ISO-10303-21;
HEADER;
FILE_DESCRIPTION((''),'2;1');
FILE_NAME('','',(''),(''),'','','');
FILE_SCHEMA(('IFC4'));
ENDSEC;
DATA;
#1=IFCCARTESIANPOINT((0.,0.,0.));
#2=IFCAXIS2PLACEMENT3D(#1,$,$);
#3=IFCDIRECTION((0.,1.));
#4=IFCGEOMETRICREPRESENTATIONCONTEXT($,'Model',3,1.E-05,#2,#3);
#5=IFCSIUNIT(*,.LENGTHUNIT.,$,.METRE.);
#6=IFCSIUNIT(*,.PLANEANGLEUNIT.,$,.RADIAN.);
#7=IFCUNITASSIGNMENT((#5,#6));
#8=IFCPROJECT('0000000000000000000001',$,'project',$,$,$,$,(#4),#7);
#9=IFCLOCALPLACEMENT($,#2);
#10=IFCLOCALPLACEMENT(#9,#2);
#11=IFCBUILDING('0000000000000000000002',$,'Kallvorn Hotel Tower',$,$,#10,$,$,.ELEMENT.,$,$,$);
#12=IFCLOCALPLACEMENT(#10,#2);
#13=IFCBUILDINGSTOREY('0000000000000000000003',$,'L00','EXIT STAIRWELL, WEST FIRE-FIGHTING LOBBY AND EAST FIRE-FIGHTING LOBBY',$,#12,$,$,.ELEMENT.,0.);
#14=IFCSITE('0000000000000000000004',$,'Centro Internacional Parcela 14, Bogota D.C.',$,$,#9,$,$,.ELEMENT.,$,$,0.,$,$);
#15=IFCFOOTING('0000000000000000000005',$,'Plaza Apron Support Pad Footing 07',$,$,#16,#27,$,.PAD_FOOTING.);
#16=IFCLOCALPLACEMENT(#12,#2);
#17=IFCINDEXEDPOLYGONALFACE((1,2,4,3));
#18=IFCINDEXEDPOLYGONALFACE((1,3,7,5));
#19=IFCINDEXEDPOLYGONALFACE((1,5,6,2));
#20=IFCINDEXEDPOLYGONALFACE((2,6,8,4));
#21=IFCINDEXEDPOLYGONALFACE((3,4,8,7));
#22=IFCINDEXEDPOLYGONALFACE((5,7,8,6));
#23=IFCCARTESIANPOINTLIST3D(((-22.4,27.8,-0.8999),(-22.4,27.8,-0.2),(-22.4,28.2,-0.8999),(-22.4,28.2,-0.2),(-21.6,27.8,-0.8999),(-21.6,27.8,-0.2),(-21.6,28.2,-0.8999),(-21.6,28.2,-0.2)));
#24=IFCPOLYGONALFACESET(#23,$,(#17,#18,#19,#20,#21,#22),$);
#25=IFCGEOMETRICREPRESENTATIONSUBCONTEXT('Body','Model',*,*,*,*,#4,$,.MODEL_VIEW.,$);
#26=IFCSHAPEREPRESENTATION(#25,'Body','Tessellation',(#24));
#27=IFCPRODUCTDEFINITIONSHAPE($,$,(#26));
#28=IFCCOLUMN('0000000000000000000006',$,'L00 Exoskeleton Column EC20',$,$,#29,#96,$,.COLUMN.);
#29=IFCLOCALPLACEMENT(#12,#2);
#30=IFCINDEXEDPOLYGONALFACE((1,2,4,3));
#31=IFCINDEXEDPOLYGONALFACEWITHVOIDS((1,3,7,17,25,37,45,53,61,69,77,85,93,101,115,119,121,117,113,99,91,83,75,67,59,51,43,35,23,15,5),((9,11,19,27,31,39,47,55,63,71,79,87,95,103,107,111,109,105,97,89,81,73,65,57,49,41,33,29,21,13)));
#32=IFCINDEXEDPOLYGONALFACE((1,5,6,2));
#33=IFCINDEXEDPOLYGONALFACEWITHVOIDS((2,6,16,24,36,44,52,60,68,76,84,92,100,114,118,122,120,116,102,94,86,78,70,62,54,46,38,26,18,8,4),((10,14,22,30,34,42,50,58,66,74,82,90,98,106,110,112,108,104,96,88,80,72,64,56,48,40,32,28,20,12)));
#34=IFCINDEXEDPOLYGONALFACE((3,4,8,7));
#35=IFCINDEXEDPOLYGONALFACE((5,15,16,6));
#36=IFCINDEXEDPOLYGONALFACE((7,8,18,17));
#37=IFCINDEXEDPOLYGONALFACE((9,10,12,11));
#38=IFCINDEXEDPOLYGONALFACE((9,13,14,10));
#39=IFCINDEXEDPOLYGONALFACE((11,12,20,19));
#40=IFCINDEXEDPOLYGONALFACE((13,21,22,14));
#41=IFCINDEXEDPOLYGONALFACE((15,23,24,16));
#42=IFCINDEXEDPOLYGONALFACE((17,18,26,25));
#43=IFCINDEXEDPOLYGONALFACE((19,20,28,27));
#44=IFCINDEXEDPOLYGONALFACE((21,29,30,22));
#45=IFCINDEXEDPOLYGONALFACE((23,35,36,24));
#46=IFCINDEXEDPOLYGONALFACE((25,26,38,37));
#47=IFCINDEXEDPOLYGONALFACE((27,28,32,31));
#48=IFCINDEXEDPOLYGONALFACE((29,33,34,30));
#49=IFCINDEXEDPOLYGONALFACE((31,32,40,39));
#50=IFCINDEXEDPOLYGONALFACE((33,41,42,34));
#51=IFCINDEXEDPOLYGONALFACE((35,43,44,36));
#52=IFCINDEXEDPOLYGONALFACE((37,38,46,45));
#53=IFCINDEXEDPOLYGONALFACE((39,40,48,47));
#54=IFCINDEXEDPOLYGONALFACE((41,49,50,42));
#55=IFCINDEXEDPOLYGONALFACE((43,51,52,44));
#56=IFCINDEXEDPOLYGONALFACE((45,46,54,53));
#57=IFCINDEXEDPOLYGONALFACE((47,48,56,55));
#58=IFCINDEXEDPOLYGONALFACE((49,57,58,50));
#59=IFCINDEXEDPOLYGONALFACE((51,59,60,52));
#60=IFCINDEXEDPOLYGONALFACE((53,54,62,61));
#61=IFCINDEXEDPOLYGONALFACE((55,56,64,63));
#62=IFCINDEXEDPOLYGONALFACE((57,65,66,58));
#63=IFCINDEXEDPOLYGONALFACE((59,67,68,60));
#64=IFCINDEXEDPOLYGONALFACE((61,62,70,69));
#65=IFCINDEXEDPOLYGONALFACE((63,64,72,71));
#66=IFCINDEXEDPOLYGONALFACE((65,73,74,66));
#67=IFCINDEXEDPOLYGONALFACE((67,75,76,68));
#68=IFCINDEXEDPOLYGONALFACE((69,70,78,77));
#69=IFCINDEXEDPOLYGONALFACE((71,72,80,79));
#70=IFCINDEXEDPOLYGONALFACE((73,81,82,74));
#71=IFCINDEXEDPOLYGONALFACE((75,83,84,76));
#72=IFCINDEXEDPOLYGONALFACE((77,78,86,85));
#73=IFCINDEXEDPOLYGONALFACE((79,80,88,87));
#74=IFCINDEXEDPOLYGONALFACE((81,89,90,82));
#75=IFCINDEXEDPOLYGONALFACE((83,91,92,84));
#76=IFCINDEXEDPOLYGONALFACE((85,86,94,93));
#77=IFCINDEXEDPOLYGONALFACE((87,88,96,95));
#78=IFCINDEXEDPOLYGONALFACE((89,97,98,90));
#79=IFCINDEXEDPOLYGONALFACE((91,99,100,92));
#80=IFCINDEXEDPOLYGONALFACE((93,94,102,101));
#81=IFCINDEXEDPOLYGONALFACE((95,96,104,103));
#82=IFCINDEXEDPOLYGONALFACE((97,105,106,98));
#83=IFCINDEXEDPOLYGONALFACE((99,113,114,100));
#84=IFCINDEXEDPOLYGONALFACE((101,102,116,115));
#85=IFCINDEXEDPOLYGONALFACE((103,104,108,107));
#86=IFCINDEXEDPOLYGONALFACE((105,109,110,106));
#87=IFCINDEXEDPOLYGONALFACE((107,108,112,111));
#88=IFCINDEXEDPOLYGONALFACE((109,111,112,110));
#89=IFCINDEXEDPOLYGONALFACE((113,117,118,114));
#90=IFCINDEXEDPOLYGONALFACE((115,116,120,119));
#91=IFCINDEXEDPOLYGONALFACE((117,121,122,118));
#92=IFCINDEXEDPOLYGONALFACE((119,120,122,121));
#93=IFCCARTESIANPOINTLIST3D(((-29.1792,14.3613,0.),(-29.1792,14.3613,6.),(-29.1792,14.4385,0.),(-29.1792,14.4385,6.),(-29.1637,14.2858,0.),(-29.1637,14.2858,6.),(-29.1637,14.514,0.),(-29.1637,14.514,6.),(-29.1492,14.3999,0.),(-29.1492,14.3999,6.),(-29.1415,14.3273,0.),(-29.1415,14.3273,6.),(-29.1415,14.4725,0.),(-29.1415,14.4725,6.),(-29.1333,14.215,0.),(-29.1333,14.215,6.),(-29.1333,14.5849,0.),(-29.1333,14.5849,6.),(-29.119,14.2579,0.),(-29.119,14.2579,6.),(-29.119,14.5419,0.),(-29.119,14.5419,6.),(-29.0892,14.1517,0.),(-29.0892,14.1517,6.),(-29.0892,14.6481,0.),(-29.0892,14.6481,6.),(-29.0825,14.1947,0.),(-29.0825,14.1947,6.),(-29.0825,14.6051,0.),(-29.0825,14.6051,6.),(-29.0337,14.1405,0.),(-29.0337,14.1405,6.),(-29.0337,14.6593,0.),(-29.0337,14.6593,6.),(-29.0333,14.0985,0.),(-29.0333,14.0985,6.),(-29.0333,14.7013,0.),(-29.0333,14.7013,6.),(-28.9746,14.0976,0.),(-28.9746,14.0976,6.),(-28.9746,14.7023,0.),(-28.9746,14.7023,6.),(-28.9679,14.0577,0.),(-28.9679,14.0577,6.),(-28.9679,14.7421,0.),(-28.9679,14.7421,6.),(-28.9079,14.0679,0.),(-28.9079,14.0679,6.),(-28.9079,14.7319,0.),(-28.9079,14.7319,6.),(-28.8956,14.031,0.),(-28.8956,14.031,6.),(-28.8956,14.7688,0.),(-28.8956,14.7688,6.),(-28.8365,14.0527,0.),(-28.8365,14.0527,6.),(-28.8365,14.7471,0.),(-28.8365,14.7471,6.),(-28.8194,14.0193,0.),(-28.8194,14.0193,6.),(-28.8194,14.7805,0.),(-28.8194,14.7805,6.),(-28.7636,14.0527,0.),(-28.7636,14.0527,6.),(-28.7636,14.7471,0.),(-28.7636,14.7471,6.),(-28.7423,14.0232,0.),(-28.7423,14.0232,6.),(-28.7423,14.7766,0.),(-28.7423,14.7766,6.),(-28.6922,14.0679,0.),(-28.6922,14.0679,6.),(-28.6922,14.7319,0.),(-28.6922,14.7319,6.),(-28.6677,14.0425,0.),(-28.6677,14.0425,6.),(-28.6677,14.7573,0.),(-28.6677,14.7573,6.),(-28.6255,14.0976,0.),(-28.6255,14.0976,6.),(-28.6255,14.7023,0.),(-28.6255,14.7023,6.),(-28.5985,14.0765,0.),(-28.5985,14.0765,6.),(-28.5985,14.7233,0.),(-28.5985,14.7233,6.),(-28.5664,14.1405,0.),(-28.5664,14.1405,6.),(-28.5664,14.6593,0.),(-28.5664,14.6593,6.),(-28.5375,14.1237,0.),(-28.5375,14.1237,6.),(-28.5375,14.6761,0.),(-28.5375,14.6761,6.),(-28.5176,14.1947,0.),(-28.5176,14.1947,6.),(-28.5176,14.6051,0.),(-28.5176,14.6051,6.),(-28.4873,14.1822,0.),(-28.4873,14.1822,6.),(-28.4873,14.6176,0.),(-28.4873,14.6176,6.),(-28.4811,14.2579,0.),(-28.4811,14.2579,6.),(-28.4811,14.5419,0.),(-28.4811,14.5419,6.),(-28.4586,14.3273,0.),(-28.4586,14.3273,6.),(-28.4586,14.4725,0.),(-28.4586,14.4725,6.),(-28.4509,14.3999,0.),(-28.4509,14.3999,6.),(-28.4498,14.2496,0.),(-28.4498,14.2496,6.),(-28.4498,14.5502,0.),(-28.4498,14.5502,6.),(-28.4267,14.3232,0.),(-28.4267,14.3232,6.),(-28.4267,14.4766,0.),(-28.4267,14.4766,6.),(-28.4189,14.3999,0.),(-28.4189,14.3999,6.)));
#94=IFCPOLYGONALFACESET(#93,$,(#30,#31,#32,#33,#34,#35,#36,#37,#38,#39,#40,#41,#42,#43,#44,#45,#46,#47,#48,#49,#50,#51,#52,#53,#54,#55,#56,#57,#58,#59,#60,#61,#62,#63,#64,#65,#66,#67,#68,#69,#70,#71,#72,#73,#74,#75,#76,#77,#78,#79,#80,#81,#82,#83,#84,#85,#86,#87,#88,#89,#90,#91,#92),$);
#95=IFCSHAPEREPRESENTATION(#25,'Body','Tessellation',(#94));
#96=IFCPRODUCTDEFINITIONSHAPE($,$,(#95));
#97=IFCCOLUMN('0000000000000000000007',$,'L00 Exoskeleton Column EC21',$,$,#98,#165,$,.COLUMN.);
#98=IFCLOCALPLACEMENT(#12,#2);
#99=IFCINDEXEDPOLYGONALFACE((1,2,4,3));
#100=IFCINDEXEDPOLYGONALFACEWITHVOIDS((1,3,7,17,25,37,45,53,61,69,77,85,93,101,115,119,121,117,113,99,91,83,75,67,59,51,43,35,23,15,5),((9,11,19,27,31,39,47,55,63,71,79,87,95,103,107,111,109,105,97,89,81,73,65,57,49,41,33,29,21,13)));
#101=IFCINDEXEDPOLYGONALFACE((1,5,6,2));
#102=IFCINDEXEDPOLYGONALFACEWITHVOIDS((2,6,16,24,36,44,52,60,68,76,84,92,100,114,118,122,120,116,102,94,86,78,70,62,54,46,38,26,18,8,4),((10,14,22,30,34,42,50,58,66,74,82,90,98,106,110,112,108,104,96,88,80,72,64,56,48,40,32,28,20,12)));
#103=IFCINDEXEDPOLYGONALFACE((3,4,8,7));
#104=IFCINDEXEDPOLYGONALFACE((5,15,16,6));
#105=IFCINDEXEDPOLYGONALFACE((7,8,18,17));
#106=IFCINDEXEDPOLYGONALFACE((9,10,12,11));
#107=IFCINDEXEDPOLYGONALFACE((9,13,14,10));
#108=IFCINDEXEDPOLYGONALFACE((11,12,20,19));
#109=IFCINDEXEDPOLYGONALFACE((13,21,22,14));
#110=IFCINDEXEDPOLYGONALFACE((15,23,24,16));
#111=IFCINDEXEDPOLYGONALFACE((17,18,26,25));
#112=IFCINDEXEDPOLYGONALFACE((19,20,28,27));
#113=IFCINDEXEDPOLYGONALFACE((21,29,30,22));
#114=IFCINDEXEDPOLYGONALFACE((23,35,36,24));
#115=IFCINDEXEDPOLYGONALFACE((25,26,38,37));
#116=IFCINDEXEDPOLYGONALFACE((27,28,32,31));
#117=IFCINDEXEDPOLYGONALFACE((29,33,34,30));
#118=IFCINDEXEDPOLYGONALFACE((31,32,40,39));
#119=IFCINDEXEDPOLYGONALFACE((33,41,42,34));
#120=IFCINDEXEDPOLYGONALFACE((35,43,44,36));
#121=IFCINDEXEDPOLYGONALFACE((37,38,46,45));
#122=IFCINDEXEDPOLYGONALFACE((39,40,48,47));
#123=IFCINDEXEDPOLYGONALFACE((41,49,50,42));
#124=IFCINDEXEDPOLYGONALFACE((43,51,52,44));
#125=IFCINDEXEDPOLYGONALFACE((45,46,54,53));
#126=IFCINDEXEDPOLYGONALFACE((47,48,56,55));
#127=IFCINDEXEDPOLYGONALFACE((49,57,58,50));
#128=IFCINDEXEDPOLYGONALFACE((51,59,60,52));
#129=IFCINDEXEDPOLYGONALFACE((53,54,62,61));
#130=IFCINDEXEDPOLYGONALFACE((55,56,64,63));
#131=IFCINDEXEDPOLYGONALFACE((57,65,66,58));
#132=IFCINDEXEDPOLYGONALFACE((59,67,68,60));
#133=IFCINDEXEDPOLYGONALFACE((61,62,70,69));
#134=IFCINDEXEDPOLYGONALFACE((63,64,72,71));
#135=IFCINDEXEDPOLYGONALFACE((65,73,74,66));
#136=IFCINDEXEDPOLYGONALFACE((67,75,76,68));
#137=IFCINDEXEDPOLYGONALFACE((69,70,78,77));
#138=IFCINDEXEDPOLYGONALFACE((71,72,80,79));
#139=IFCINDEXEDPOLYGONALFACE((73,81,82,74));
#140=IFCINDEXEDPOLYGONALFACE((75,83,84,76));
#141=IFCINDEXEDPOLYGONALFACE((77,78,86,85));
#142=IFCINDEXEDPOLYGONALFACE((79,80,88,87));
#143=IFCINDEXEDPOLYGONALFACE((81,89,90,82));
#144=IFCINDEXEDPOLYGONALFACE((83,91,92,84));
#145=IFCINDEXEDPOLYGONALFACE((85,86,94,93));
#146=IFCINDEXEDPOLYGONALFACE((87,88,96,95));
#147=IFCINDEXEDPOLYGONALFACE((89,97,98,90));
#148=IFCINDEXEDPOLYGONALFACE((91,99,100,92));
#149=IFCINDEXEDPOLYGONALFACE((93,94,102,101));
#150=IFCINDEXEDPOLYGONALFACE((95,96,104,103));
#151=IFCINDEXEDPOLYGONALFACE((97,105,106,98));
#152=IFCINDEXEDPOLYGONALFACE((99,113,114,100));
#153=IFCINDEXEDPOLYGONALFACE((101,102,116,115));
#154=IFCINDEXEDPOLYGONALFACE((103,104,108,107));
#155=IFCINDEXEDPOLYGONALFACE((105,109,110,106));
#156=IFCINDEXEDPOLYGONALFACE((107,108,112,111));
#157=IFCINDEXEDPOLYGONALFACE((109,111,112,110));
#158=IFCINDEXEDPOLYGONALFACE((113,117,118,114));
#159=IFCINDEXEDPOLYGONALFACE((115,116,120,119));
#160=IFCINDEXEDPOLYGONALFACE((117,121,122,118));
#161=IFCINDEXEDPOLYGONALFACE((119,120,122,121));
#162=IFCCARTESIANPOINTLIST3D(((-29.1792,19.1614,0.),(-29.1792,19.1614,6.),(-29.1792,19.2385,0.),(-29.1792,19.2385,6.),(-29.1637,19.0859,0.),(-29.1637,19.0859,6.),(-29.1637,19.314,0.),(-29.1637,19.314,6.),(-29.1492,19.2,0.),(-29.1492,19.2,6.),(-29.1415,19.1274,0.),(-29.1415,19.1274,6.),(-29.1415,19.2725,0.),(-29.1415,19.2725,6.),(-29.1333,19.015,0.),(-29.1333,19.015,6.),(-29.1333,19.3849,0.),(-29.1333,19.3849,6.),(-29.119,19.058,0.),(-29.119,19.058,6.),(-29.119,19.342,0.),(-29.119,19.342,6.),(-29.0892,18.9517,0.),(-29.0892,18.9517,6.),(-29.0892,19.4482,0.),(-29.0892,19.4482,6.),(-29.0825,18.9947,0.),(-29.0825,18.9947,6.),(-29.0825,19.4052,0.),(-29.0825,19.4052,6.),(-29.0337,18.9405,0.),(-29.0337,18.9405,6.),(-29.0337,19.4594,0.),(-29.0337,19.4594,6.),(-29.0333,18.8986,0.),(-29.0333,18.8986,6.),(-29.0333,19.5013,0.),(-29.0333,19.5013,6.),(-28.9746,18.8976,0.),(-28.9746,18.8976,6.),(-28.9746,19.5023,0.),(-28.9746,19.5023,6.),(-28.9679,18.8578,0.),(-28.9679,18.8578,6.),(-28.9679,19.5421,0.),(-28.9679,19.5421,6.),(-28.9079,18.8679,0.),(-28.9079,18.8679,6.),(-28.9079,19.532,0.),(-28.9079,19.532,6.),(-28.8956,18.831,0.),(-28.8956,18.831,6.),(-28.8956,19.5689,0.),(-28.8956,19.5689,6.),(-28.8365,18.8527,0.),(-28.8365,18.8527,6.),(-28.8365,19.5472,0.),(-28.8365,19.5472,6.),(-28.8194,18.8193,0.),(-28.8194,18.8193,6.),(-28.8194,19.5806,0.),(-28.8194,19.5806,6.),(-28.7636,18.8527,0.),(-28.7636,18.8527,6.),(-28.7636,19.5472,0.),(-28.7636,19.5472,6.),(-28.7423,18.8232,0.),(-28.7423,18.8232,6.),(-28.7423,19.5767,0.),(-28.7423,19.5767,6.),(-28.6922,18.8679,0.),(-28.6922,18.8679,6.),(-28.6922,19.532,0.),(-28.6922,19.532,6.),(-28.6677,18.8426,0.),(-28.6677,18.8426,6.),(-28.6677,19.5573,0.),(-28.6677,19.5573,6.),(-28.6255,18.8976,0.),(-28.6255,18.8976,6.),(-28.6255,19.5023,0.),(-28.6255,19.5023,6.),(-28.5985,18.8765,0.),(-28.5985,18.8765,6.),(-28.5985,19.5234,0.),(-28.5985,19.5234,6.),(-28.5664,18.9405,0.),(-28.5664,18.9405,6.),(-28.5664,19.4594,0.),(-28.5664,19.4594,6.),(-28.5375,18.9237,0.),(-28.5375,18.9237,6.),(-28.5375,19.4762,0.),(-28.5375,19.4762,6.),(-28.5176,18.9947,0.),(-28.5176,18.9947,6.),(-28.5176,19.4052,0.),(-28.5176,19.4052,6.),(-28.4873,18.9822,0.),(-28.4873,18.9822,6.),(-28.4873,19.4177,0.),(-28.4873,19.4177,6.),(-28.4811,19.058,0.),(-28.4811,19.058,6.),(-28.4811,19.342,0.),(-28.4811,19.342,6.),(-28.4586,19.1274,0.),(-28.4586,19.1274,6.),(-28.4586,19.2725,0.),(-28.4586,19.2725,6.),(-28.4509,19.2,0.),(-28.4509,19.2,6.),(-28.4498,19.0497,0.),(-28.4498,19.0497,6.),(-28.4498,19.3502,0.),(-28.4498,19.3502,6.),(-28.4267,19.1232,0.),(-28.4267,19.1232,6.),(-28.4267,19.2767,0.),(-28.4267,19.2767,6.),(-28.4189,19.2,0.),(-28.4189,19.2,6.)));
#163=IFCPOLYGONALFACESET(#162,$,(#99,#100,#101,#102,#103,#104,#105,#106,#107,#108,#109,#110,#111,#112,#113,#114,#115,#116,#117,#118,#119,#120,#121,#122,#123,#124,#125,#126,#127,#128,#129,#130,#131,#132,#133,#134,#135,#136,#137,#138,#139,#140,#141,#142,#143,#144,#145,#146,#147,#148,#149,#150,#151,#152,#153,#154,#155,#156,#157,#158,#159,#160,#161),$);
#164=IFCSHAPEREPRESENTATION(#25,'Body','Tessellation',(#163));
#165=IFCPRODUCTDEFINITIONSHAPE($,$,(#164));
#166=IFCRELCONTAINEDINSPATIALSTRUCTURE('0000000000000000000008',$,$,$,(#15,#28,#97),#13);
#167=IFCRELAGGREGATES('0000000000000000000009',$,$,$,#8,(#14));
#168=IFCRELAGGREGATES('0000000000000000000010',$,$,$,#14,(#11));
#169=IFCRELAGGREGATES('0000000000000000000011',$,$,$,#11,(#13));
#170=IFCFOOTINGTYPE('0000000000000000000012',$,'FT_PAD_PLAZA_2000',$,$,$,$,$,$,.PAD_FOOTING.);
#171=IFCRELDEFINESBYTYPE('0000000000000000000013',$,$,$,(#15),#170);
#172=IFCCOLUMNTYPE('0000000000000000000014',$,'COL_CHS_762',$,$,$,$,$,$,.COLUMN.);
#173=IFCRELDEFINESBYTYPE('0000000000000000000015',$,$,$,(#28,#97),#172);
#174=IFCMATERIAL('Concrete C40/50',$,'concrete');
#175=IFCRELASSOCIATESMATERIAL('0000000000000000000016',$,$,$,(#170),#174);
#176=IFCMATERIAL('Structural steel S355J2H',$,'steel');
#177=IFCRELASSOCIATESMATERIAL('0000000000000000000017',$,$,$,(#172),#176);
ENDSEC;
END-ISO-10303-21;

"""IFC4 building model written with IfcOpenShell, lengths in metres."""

from ifc_helpers import new_model, si_unit, direction, frame, origin, origin_2d, place, context, subcontext, project, spatial, rectangle, hollow_circle, extrude, material, material_profile, profile_set, type_object, element, save


model = new_model("IFC4")

# Units and contexts
model_context = context("Model", 3, precision=1e-05, world=origin(), true_north=direction((0.0, 1.0)))
body_context = subcontext(model_context, "Body", "Model", "MODEL_VIEW")
ifc_project = project(units=[si_unit("LENGTHUNIT", "METRE"), si_unit("PLANEANGLEUNIT", "RADIAN")], contexts=[model_context])

# Site, building, storey
site_placement = place(None, origin())
site = spatial("IfcSite", under=ifc_project, at=site_placement, Name="Centro Internacional Parcela 14, Bogota D.C.", CompositionType="ELEMENT", RefElevation=0.0)
building_placement = place(site_placement, origin())
building = spatial("IfcBuilding", under=site, at=building_placement, Name="Kallvorn Hotel Tower", CompositionType="ELEMENT")
storey_placement = place(building_placement, origin())
storey = spatial("IfcBuildingStorey", under=building, at=storey_placement, Name="L00", Description="EXIT STAIRWELL, WEST FIRE-FIGHTING LOBBY AND EAST FIRE-FIGHTING LOBBY", CompositionType="ELEMENT", Elevation=0.0)

# Footing
ifc_material_1 = material(Name="Concrete C40/50", Category="concrete")
footing_type = type_object("IfcFootingType", Name="FT_PAD_PLAZA_2000", PredefinedType="PAD_FOOTING", material=ifc_material_1)
footing_placement = place(storey_placement, frame((-22.0, 28.0, -0.8999), z_axis=(0.0, 0.0, 1.0), x_axis=(1.0, 0.0, 0.0)))
element("IfcFooting", 1, at=footing_placement, inside=storey, type_object=footing_type, Name="Plaza Apron Support Pad Footing 07", PredefinedType="PAD_FOOTING", context=body_context, shape_type="SweptSolid", body=[
    extrude(rectangle(XDim=0.8, YDim=0.3999, at=origin_2d()), origin(), (0.0, 0.0, 1.0), 0.7),
])

# Columns
ifc_material_2 = material(Name="Structural steel S355J2H", Category="steel")
ifc_material_profile_1 = material_profile(ifc_material_2, hollow_circle(Radius=0.3811, WallThickness=0.032, at=origin_2d()), Name="CHS 762x32")
ifc_profile_set_1 = profile_set([ifc_material_profile_1], Name="Structural steel S355J2H")
column_type_1 = type_object("IfcColumnType", Name="COL_CHS_762", PredefinedType="COLUMN", material=ifc_profile_set_1)
for number, where, z_axis, x_axis, name in (
    (2, (-28.8, 14.3999, 0.0), (0.0, 0.0, 1.0), (1.0, 0.0, 0.0), "L00 Exoskeleton Column EC20"),
    (3, (-28.8, 19.2, 0.0), (0.0, 0.0, 1.0), (1.0, 0.0, 0.0), "L00 Exoskeleton Column EC21"),
):
    element("IfcColumn", number, at=place(storey_placement, frame(where, z_axis=z_axis, x_axis=x_axis)), inside=storey, type_object=column_type_1, Name=name, PredefinedType="COLUMN", context=body_context, shape_type="SweptSolid", body=[
        extrude(hollow_circle(Radius=0.3811, WallThickness=0.032, at=origin_2d()), origin(), (0.0, 0.0, 1.0), 6.0),
    ])

save(model, "model.ifc")
